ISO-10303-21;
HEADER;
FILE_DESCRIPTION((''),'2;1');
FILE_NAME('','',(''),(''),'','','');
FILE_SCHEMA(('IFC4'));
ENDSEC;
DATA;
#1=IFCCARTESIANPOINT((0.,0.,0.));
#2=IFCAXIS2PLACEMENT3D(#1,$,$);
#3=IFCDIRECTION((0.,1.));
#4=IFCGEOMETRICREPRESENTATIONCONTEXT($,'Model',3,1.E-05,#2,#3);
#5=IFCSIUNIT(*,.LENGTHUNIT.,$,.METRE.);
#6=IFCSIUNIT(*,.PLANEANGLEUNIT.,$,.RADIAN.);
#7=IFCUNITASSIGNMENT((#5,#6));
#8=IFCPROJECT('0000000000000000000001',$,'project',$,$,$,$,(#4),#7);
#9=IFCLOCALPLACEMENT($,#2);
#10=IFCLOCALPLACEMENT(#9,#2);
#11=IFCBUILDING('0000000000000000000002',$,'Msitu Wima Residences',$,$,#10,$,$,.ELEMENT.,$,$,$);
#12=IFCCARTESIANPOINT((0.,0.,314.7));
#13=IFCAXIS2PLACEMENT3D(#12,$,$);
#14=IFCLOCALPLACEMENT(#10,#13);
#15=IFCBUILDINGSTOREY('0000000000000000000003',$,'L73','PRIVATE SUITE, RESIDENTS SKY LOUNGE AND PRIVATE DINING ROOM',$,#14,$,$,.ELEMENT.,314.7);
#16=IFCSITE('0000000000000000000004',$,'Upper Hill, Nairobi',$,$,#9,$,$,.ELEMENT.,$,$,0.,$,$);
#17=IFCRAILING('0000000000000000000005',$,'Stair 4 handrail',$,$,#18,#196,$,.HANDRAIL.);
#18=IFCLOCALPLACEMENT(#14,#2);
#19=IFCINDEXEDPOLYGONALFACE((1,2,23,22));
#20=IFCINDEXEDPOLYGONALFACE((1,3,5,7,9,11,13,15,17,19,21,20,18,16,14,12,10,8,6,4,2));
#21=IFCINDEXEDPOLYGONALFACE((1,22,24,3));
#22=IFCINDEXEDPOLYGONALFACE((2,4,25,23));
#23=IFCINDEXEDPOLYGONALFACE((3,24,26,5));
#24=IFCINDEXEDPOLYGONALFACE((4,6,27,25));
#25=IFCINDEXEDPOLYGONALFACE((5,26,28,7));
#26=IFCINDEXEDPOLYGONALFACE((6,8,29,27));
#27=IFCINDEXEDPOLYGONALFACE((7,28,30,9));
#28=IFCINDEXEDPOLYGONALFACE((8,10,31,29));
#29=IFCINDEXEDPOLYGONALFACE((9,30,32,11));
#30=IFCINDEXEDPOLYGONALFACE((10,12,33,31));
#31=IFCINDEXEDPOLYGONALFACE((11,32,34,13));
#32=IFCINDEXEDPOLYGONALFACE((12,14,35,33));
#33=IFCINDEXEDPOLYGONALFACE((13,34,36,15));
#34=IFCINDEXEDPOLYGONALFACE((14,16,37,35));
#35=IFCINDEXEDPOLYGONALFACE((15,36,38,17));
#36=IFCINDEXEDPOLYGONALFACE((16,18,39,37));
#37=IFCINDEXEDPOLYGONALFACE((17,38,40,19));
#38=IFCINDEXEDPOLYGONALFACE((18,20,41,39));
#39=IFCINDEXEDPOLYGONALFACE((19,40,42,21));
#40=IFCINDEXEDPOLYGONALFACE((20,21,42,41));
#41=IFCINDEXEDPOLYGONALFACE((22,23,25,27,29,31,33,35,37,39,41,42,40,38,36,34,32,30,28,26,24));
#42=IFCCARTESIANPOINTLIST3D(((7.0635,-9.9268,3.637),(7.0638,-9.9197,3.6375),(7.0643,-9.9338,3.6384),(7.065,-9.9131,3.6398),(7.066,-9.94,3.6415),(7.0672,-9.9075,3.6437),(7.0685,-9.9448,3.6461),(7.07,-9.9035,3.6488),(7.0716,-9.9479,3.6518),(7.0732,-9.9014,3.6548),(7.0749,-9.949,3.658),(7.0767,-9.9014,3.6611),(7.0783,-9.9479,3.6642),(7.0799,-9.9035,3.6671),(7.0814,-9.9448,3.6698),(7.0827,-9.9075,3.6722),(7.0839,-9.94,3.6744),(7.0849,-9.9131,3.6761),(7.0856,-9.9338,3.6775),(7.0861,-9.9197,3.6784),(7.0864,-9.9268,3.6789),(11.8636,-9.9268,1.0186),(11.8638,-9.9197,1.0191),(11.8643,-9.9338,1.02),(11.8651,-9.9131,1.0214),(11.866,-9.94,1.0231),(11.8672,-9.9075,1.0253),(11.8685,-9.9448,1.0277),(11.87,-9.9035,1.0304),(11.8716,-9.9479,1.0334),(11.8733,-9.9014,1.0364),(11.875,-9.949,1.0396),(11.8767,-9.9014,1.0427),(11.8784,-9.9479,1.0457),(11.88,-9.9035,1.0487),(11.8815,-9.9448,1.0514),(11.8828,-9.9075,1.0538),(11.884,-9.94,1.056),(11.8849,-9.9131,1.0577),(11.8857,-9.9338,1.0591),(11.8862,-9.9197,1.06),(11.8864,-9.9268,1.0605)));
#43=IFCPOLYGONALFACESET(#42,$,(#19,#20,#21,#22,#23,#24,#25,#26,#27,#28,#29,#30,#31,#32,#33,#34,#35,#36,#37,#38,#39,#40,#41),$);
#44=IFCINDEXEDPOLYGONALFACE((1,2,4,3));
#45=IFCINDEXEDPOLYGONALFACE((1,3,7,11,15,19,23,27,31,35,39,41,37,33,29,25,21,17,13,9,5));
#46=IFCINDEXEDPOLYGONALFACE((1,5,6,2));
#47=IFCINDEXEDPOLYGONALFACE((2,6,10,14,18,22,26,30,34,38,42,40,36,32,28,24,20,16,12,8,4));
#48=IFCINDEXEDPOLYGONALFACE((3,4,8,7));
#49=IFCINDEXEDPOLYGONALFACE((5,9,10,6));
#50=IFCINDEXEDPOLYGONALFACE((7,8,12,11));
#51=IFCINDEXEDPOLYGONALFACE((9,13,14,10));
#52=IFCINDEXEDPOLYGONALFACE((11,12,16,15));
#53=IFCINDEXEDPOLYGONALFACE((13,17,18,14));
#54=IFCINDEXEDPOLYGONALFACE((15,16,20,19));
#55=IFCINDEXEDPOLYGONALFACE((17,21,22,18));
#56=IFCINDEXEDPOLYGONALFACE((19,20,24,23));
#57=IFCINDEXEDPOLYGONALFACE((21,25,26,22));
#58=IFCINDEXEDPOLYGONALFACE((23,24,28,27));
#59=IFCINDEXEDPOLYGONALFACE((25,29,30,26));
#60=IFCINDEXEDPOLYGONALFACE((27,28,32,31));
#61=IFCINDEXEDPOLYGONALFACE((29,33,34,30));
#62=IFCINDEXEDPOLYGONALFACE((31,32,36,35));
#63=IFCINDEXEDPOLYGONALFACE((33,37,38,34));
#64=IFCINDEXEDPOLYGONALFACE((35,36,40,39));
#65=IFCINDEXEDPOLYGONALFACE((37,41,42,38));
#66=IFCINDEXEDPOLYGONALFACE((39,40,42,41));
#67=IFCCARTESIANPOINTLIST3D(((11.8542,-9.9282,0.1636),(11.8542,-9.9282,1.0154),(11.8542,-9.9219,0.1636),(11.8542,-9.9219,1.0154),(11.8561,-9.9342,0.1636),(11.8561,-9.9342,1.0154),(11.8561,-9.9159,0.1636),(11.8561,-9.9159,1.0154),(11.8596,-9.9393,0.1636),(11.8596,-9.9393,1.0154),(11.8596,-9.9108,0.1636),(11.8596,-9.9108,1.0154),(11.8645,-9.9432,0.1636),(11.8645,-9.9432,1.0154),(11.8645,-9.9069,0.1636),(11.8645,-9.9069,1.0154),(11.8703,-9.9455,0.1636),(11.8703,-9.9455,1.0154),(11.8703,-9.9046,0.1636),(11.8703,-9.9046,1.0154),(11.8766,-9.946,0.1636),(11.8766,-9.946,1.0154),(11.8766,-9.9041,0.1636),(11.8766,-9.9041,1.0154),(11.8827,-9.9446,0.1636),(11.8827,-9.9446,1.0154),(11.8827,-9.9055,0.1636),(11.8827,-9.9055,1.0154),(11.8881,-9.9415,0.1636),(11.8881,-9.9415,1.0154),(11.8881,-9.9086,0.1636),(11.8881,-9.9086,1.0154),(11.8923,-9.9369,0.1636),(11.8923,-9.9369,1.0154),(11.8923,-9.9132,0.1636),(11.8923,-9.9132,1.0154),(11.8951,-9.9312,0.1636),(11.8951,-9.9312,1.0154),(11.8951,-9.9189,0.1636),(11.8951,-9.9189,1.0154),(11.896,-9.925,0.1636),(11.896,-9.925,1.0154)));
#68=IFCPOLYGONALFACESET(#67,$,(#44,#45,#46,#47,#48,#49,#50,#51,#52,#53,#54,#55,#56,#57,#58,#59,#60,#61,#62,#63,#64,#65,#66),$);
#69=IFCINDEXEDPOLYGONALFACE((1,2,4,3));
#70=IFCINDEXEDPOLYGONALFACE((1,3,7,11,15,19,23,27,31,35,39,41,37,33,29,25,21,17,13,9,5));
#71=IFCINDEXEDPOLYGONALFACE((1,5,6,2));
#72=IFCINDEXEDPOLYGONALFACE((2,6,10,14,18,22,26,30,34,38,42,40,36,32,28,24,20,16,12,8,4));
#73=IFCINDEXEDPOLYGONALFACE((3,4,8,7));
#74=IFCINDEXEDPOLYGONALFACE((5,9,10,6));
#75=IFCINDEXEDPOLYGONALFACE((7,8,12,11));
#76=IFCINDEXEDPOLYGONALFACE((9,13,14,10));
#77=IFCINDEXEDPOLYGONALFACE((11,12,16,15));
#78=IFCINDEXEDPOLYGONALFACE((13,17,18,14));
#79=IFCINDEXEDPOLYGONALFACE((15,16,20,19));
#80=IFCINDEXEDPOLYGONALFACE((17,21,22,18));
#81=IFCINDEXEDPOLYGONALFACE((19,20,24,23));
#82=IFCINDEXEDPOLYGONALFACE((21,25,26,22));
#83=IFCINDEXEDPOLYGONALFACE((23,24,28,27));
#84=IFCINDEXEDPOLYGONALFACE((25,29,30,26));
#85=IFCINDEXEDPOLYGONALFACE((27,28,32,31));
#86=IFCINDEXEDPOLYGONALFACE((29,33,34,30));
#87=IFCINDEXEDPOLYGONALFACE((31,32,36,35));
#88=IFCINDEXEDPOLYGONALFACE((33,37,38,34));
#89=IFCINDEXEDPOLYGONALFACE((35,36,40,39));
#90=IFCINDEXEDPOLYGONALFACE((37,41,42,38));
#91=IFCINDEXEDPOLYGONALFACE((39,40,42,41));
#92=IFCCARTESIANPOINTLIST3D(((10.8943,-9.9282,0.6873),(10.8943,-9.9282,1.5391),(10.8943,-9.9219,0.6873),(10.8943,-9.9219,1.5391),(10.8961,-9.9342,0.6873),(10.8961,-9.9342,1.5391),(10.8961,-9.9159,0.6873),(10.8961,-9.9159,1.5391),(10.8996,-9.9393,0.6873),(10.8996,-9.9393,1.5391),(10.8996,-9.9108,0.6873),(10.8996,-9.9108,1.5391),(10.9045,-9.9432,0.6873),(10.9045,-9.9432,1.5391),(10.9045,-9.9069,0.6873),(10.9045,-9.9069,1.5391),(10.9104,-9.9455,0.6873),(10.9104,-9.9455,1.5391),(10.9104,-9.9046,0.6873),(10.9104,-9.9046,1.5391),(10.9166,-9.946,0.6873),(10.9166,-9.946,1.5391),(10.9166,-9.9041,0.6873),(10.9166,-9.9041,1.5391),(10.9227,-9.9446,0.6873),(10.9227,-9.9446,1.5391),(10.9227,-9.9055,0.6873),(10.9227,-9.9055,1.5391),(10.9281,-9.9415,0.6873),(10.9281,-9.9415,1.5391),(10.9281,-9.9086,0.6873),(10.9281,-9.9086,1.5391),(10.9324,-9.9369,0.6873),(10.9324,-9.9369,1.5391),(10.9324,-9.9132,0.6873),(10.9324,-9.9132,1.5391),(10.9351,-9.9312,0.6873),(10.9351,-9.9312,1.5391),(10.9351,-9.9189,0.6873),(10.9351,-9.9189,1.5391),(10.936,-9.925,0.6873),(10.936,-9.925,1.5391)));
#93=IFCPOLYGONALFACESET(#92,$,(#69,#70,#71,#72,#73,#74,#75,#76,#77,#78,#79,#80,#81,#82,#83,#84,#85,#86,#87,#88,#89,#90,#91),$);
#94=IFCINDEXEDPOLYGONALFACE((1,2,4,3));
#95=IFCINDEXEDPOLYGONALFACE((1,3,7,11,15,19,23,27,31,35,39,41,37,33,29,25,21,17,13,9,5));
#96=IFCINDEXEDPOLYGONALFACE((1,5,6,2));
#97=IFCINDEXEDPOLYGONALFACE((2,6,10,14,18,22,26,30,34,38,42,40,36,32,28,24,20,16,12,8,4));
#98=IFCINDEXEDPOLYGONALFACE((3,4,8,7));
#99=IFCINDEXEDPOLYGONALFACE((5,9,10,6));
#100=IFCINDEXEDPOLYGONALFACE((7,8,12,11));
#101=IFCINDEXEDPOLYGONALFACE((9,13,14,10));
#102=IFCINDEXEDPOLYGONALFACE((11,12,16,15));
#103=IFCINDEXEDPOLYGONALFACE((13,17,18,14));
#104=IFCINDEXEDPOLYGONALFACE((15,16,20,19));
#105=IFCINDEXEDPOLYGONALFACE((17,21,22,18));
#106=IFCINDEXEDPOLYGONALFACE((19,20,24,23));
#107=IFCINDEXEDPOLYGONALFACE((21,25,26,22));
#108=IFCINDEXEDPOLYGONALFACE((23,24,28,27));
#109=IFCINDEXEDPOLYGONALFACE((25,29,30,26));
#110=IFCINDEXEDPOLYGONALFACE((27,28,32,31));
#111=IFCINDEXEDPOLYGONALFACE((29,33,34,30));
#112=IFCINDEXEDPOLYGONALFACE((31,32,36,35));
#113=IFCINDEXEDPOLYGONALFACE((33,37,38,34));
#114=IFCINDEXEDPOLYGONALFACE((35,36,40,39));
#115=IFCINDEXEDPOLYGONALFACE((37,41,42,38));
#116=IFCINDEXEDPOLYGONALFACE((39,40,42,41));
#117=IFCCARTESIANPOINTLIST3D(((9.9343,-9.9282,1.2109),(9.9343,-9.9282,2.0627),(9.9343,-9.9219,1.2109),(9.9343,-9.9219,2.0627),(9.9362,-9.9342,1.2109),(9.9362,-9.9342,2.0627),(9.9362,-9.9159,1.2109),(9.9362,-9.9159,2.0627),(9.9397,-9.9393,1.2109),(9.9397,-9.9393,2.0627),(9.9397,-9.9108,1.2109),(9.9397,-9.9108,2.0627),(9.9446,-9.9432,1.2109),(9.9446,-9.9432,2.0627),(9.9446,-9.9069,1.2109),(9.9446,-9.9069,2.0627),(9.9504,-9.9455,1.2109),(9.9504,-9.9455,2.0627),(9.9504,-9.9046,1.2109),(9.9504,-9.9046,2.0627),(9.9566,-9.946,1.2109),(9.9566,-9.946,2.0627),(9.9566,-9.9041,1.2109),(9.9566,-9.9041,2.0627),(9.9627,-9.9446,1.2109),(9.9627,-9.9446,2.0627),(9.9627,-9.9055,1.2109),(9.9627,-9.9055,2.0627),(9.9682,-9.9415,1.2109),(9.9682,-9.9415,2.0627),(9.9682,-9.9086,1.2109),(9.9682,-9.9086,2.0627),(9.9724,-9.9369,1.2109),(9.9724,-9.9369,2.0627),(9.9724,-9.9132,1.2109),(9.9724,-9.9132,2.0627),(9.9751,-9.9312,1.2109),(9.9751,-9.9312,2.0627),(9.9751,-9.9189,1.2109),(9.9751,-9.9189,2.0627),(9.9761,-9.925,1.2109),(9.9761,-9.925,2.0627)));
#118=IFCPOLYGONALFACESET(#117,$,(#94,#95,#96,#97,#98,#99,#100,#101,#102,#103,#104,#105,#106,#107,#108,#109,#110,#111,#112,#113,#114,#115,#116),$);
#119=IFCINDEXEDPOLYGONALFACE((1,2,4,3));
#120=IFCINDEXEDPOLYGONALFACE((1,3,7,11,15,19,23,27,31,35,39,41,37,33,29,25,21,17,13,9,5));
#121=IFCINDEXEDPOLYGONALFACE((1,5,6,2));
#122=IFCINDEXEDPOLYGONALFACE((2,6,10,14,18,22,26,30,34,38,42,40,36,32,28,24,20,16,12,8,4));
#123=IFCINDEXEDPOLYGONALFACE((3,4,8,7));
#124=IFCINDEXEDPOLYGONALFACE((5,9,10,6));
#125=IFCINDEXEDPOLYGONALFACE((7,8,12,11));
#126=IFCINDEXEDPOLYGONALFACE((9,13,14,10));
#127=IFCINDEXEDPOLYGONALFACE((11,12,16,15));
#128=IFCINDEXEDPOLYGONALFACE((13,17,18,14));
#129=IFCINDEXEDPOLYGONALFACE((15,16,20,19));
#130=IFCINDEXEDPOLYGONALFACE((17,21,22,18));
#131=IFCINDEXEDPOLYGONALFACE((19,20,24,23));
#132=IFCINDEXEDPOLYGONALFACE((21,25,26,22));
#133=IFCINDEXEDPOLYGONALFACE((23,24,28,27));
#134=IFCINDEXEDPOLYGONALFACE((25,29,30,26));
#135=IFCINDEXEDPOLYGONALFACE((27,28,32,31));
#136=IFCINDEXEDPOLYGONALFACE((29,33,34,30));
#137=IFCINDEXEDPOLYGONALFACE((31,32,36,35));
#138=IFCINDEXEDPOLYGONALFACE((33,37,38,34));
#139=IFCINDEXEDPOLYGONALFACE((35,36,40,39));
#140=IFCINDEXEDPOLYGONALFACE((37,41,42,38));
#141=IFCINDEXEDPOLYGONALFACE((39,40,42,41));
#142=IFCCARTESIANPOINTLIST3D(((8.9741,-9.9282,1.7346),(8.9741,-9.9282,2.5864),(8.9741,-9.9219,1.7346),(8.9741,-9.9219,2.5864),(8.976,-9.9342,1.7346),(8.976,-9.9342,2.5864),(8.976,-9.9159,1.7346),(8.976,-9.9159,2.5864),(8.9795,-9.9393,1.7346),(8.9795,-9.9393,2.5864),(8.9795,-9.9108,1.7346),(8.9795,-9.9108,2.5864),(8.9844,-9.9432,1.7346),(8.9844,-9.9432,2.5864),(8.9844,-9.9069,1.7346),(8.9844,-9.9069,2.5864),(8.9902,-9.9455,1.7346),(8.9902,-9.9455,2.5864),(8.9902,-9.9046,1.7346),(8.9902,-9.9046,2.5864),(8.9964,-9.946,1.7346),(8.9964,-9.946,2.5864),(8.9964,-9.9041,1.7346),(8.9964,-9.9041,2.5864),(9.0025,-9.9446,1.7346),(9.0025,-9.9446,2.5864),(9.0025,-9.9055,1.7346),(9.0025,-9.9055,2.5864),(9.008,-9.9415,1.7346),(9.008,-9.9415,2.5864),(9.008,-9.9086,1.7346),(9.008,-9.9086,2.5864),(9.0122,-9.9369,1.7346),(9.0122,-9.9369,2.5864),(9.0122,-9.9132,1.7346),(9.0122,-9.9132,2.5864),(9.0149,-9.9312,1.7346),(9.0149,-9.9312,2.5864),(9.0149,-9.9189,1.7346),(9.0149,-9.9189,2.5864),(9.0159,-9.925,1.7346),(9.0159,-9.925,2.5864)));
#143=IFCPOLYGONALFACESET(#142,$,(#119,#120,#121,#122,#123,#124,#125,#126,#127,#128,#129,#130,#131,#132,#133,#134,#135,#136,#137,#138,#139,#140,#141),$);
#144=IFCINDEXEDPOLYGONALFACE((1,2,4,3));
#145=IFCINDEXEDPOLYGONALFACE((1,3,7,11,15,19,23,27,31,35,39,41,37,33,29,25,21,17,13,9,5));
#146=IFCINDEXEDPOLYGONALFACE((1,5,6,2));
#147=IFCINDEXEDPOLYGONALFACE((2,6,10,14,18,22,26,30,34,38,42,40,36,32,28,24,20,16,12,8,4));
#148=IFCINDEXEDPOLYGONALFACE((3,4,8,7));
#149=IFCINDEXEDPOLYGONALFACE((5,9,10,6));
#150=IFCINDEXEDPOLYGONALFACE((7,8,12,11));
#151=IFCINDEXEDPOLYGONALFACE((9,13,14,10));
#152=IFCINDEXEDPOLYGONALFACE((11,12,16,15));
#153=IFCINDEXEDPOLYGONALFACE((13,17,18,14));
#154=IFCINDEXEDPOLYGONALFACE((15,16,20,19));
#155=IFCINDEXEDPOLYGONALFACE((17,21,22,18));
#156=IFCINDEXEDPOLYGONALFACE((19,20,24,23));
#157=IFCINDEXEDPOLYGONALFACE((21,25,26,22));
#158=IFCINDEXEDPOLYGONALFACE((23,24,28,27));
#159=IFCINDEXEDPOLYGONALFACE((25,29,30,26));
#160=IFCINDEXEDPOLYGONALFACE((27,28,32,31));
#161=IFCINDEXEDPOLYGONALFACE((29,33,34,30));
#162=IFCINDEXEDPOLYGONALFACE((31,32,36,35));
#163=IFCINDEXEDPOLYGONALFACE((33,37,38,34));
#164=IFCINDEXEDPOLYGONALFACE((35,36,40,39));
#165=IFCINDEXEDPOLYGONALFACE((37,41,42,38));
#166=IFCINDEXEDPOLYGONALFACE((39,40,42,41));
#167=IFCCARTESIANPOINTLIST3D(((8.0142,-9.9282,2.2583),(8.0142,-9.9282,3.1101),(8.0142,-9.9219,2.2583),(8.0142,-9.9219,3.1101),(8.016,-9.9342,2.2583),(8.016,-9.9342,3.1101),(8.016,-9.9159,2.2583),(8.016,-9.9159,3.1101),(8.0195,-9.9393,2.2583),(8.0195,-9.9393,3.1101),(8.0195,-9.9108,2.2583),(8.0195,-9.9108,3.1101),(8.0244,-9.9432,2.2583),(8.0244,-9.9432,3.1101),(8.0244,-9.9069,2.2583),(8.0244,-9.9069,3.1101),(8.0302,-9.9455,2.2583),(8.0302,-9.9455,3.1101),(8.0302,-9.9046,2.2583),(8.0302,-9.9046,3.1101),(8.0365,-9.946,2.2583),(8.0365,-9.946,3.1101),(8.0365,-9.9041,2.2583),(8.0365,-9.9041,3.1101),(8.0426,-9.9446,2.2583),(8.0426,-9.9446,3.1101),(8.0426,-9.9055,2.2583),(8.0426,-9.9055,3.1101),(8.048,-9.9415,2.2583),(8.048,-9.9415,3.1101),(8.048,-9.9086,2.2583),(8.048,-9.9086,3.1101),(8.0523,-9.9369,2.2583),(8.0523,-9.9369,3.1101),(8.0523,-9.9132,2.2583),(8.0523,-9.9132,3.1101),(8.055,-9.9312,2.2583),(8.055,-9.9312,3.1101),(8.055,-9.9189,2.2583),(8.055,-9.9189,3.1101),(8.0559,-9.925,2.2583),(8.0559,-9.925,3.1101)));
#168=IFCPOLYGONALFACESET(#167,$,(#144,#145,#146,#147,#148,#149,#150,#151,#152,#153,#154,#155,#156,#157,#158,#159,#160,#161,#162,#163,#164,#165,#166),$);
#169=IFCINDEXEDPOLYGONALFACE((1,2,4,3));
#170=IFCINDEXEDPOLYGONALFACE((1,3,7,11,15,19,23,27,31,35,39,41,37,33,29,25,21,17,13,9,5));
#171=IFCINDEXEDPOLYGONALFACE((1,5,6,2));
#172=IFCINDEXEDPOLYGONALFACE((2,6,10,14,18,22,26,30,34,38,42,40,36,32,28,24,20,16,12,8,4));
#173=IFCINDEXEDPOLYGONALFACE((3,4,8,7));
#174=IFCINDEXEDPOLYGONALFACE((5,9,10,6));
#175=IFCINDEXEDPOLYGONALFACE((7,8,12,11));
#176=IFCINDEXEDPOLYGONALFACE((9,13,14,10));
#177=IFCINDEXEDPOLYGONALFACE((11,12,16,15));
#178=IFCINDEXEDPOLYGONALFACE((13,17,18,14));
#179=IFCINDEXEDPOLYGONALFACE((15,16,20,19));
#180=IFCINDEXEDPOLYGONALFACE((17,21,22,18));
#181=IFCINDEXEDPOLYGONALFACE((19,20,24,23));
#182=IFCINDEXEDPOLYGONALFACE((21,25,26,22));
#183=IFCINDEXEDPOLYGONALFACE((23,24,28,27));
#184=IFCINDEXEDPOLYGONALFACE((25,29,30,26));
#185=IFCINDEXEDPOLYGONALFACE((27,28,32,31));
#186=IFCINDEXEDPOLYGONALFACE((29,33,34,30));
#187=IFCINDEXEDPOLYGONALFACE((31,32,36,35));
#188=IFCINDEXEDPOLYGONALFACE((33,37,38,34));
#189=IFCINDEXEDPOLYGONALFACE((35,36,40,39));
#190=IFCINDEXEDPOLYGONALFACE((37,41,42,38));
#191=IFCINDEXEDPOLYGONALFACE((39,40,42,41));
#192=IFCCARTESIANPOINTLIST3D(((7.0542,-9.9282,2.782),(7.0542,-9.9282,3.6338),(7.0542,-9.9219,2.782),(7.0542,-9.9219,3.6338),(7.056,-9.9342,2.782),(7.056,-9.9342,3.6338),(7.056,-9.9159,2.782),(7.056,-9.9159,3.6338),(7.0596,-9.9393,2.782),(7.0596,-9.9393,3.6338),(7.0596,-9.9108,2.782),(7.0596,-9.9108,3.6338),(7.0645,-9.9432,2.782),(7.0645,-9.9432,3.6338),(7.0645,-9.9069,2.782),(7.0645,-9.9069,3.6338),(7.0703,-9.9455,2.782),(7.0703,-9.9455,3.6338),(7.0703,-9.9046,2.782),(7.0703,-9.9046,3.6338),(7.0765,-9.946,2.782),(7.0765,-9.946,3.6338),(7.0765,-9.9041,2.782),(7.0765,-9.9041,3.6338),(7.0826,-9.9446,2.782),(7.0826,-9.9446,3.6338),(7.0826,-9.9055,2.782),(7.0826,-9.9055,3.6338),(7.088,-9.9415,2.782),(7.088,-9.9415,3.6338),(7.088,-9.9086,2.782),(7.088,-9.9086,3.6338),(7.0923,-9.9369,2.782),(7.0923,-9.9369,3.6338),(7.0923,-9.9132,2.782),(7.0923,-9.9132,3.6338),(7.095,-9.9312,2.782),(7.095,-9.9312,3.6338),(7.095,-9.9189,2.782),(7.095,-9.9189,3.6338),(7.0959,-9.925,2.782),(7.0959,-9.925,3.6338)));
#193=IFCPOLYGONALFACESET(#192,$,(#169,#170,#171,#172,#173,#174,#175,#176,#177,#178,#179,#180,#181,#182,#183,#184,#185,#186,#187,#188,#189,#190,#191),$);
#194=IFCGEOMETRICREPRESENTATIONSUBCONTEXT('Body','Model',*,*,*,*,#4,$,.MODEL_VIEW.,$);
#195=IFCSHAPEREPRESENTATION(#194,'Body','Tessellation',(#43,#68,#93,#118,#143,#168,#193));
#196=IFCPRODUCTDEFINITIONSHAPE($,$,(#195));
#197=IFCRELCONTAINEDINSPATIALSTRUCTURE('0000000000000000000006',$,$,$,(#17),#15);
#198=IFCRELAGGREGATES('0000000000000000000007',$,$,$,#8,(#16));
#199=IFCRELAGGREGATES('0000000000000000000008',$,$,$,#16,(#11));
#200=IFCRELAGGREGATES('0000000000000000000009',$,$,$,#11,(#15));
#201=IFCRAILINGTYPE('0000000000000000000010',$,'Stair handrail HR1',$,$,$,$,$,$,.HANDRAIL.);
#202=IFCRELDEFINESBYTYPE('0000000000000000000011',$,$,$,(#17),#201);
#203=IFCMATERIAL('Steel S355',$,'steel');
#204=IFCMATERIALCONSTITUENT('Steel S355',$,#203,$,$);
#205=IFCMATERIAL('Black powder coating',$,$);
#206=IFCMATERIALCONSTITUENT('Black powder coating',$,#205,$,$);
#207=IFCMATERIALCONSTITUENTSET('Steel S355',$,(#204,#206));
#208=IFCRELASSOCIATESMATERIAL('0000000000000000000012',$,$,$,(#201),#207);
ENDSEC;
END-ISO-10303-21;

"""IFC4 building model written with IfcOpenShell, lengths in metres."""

from ifc_helpers import new_model, si_unit, direction, frame, origin, origin_2d, place, context, subcontext, project, spatial, circle, extrude, material, constituent, constituent_set, type_object, element, save


model = new_model("IFC4")

# Units and contexts
model_context = context("Model", 3, precision=1e-05, world=origin(), true_north=direction((0.0, 1.0)))
body_context = subcontext(model_context, "Body", "Model", "MODEL_VIEW")
ifc_project = project(units=[si_unit("LENGTHUNIT", "METRE"), si_unit("PLANEANGLEUNIT", "RADIAN")], contexts=[model_context])

# Site, building, storey
site_placement = place(None, origin())
site = spatial("IfcSite", under=ifc_project, at=site_placement, Name="Upper Hill, Nairobi", CompositionType="ELEMENT", RefElevation=0.0)
building_placement = place(site_placement, origin())
building = spatial("IfcBuilding", under=site, at=building_placement, Name="Msitu Wima Residences", CompositionType="ELEMENT")
storey_placement = place(building_placement, frame((0.0, 0.0, 314.7)))
storey = spatial("IfcBuildingStorey", under=building, at=storey_placement, Name="L73", Description="PRIVATE SUITE, RESIDENTS SKY LOUNGE AND PRIVATE DINING ROOM", CompositionType="ELEMENT", Elevation=314.7)

# Railing
ifc_material_1 = material(Name="Steel S355", Category="steel")
ifc_constituent_1 = constituent(ifc_material_1, Name="Steel S355")
ifc_material_2 = material(Name="Black powder coating")
ifc_constituent_2 = constituent(ifc_material_2, Name="Black powder coating")
ifc_constituent_set = constituent_set(constituents=[ifc_constituent_1, ifc_constituent_2], Name="Steel S355")
railing_type = type_object("IfcRailingType", Name="Stair handrail HR1", PredefinedType="HANDRAIL", material=ifc_constituent_set)
for number, where, name in (
    (1, (11.875, -9.925, 0.1636), "Stair 4 handrail"),
):
    element("IfcRailing", number, at=place(storey_placement, frame(where)), inside=storey, type_object=railing_type, Name=name, PredefinedType="HANDRAIL", context=body_context, shape_type="SweptSolid", body=[
        extrude(circle(Radius=0.0239, at=origin_2d()), frame((0.0, 0.0, 0.876), z_axis=(-0.87788, 0.0, 0.47888), x_axis=(0.0, -1.0, 0.0)), (0.0, 0.0, 1.0), 5.4678),
        extrude(circle(Radius=0.021, at=origin_2d()), origin(), (0.0, 0.0, 1.0), 0.8518),
        extrude(circle(Radius=0.021, at=origin_2d()), frame((-0.96, 0.0, 0.5237)), (0.0, 0.0, 1.0), 0.8518),
        extrude(circle(Radius=0.021, at=origin_2d()), frame((-1.9199, 0.0, 1.0474)), (0.0, 0.0, 1.0), 0.8518),
        extrude(circle(Radius=0.021, at=origin_2d()), frame((-2.8801, 0.0, 1.571)), (0.0, 0.0, 1.0), 0.8518),
        extrude(circle(Radius=0.021, at=origin_2d()), frame((-3.8401, 0.0, 2.0947)), (0.0, 0.0, 1.0), 0.8518),
        extrude(circle(Radius=0.021, at=origin_2d()), frame((-4.8, 0.0, 2.6184)), (0.0, 0.0, 1.0), 0.8518),
    ])

save(model, "model.ifc")
